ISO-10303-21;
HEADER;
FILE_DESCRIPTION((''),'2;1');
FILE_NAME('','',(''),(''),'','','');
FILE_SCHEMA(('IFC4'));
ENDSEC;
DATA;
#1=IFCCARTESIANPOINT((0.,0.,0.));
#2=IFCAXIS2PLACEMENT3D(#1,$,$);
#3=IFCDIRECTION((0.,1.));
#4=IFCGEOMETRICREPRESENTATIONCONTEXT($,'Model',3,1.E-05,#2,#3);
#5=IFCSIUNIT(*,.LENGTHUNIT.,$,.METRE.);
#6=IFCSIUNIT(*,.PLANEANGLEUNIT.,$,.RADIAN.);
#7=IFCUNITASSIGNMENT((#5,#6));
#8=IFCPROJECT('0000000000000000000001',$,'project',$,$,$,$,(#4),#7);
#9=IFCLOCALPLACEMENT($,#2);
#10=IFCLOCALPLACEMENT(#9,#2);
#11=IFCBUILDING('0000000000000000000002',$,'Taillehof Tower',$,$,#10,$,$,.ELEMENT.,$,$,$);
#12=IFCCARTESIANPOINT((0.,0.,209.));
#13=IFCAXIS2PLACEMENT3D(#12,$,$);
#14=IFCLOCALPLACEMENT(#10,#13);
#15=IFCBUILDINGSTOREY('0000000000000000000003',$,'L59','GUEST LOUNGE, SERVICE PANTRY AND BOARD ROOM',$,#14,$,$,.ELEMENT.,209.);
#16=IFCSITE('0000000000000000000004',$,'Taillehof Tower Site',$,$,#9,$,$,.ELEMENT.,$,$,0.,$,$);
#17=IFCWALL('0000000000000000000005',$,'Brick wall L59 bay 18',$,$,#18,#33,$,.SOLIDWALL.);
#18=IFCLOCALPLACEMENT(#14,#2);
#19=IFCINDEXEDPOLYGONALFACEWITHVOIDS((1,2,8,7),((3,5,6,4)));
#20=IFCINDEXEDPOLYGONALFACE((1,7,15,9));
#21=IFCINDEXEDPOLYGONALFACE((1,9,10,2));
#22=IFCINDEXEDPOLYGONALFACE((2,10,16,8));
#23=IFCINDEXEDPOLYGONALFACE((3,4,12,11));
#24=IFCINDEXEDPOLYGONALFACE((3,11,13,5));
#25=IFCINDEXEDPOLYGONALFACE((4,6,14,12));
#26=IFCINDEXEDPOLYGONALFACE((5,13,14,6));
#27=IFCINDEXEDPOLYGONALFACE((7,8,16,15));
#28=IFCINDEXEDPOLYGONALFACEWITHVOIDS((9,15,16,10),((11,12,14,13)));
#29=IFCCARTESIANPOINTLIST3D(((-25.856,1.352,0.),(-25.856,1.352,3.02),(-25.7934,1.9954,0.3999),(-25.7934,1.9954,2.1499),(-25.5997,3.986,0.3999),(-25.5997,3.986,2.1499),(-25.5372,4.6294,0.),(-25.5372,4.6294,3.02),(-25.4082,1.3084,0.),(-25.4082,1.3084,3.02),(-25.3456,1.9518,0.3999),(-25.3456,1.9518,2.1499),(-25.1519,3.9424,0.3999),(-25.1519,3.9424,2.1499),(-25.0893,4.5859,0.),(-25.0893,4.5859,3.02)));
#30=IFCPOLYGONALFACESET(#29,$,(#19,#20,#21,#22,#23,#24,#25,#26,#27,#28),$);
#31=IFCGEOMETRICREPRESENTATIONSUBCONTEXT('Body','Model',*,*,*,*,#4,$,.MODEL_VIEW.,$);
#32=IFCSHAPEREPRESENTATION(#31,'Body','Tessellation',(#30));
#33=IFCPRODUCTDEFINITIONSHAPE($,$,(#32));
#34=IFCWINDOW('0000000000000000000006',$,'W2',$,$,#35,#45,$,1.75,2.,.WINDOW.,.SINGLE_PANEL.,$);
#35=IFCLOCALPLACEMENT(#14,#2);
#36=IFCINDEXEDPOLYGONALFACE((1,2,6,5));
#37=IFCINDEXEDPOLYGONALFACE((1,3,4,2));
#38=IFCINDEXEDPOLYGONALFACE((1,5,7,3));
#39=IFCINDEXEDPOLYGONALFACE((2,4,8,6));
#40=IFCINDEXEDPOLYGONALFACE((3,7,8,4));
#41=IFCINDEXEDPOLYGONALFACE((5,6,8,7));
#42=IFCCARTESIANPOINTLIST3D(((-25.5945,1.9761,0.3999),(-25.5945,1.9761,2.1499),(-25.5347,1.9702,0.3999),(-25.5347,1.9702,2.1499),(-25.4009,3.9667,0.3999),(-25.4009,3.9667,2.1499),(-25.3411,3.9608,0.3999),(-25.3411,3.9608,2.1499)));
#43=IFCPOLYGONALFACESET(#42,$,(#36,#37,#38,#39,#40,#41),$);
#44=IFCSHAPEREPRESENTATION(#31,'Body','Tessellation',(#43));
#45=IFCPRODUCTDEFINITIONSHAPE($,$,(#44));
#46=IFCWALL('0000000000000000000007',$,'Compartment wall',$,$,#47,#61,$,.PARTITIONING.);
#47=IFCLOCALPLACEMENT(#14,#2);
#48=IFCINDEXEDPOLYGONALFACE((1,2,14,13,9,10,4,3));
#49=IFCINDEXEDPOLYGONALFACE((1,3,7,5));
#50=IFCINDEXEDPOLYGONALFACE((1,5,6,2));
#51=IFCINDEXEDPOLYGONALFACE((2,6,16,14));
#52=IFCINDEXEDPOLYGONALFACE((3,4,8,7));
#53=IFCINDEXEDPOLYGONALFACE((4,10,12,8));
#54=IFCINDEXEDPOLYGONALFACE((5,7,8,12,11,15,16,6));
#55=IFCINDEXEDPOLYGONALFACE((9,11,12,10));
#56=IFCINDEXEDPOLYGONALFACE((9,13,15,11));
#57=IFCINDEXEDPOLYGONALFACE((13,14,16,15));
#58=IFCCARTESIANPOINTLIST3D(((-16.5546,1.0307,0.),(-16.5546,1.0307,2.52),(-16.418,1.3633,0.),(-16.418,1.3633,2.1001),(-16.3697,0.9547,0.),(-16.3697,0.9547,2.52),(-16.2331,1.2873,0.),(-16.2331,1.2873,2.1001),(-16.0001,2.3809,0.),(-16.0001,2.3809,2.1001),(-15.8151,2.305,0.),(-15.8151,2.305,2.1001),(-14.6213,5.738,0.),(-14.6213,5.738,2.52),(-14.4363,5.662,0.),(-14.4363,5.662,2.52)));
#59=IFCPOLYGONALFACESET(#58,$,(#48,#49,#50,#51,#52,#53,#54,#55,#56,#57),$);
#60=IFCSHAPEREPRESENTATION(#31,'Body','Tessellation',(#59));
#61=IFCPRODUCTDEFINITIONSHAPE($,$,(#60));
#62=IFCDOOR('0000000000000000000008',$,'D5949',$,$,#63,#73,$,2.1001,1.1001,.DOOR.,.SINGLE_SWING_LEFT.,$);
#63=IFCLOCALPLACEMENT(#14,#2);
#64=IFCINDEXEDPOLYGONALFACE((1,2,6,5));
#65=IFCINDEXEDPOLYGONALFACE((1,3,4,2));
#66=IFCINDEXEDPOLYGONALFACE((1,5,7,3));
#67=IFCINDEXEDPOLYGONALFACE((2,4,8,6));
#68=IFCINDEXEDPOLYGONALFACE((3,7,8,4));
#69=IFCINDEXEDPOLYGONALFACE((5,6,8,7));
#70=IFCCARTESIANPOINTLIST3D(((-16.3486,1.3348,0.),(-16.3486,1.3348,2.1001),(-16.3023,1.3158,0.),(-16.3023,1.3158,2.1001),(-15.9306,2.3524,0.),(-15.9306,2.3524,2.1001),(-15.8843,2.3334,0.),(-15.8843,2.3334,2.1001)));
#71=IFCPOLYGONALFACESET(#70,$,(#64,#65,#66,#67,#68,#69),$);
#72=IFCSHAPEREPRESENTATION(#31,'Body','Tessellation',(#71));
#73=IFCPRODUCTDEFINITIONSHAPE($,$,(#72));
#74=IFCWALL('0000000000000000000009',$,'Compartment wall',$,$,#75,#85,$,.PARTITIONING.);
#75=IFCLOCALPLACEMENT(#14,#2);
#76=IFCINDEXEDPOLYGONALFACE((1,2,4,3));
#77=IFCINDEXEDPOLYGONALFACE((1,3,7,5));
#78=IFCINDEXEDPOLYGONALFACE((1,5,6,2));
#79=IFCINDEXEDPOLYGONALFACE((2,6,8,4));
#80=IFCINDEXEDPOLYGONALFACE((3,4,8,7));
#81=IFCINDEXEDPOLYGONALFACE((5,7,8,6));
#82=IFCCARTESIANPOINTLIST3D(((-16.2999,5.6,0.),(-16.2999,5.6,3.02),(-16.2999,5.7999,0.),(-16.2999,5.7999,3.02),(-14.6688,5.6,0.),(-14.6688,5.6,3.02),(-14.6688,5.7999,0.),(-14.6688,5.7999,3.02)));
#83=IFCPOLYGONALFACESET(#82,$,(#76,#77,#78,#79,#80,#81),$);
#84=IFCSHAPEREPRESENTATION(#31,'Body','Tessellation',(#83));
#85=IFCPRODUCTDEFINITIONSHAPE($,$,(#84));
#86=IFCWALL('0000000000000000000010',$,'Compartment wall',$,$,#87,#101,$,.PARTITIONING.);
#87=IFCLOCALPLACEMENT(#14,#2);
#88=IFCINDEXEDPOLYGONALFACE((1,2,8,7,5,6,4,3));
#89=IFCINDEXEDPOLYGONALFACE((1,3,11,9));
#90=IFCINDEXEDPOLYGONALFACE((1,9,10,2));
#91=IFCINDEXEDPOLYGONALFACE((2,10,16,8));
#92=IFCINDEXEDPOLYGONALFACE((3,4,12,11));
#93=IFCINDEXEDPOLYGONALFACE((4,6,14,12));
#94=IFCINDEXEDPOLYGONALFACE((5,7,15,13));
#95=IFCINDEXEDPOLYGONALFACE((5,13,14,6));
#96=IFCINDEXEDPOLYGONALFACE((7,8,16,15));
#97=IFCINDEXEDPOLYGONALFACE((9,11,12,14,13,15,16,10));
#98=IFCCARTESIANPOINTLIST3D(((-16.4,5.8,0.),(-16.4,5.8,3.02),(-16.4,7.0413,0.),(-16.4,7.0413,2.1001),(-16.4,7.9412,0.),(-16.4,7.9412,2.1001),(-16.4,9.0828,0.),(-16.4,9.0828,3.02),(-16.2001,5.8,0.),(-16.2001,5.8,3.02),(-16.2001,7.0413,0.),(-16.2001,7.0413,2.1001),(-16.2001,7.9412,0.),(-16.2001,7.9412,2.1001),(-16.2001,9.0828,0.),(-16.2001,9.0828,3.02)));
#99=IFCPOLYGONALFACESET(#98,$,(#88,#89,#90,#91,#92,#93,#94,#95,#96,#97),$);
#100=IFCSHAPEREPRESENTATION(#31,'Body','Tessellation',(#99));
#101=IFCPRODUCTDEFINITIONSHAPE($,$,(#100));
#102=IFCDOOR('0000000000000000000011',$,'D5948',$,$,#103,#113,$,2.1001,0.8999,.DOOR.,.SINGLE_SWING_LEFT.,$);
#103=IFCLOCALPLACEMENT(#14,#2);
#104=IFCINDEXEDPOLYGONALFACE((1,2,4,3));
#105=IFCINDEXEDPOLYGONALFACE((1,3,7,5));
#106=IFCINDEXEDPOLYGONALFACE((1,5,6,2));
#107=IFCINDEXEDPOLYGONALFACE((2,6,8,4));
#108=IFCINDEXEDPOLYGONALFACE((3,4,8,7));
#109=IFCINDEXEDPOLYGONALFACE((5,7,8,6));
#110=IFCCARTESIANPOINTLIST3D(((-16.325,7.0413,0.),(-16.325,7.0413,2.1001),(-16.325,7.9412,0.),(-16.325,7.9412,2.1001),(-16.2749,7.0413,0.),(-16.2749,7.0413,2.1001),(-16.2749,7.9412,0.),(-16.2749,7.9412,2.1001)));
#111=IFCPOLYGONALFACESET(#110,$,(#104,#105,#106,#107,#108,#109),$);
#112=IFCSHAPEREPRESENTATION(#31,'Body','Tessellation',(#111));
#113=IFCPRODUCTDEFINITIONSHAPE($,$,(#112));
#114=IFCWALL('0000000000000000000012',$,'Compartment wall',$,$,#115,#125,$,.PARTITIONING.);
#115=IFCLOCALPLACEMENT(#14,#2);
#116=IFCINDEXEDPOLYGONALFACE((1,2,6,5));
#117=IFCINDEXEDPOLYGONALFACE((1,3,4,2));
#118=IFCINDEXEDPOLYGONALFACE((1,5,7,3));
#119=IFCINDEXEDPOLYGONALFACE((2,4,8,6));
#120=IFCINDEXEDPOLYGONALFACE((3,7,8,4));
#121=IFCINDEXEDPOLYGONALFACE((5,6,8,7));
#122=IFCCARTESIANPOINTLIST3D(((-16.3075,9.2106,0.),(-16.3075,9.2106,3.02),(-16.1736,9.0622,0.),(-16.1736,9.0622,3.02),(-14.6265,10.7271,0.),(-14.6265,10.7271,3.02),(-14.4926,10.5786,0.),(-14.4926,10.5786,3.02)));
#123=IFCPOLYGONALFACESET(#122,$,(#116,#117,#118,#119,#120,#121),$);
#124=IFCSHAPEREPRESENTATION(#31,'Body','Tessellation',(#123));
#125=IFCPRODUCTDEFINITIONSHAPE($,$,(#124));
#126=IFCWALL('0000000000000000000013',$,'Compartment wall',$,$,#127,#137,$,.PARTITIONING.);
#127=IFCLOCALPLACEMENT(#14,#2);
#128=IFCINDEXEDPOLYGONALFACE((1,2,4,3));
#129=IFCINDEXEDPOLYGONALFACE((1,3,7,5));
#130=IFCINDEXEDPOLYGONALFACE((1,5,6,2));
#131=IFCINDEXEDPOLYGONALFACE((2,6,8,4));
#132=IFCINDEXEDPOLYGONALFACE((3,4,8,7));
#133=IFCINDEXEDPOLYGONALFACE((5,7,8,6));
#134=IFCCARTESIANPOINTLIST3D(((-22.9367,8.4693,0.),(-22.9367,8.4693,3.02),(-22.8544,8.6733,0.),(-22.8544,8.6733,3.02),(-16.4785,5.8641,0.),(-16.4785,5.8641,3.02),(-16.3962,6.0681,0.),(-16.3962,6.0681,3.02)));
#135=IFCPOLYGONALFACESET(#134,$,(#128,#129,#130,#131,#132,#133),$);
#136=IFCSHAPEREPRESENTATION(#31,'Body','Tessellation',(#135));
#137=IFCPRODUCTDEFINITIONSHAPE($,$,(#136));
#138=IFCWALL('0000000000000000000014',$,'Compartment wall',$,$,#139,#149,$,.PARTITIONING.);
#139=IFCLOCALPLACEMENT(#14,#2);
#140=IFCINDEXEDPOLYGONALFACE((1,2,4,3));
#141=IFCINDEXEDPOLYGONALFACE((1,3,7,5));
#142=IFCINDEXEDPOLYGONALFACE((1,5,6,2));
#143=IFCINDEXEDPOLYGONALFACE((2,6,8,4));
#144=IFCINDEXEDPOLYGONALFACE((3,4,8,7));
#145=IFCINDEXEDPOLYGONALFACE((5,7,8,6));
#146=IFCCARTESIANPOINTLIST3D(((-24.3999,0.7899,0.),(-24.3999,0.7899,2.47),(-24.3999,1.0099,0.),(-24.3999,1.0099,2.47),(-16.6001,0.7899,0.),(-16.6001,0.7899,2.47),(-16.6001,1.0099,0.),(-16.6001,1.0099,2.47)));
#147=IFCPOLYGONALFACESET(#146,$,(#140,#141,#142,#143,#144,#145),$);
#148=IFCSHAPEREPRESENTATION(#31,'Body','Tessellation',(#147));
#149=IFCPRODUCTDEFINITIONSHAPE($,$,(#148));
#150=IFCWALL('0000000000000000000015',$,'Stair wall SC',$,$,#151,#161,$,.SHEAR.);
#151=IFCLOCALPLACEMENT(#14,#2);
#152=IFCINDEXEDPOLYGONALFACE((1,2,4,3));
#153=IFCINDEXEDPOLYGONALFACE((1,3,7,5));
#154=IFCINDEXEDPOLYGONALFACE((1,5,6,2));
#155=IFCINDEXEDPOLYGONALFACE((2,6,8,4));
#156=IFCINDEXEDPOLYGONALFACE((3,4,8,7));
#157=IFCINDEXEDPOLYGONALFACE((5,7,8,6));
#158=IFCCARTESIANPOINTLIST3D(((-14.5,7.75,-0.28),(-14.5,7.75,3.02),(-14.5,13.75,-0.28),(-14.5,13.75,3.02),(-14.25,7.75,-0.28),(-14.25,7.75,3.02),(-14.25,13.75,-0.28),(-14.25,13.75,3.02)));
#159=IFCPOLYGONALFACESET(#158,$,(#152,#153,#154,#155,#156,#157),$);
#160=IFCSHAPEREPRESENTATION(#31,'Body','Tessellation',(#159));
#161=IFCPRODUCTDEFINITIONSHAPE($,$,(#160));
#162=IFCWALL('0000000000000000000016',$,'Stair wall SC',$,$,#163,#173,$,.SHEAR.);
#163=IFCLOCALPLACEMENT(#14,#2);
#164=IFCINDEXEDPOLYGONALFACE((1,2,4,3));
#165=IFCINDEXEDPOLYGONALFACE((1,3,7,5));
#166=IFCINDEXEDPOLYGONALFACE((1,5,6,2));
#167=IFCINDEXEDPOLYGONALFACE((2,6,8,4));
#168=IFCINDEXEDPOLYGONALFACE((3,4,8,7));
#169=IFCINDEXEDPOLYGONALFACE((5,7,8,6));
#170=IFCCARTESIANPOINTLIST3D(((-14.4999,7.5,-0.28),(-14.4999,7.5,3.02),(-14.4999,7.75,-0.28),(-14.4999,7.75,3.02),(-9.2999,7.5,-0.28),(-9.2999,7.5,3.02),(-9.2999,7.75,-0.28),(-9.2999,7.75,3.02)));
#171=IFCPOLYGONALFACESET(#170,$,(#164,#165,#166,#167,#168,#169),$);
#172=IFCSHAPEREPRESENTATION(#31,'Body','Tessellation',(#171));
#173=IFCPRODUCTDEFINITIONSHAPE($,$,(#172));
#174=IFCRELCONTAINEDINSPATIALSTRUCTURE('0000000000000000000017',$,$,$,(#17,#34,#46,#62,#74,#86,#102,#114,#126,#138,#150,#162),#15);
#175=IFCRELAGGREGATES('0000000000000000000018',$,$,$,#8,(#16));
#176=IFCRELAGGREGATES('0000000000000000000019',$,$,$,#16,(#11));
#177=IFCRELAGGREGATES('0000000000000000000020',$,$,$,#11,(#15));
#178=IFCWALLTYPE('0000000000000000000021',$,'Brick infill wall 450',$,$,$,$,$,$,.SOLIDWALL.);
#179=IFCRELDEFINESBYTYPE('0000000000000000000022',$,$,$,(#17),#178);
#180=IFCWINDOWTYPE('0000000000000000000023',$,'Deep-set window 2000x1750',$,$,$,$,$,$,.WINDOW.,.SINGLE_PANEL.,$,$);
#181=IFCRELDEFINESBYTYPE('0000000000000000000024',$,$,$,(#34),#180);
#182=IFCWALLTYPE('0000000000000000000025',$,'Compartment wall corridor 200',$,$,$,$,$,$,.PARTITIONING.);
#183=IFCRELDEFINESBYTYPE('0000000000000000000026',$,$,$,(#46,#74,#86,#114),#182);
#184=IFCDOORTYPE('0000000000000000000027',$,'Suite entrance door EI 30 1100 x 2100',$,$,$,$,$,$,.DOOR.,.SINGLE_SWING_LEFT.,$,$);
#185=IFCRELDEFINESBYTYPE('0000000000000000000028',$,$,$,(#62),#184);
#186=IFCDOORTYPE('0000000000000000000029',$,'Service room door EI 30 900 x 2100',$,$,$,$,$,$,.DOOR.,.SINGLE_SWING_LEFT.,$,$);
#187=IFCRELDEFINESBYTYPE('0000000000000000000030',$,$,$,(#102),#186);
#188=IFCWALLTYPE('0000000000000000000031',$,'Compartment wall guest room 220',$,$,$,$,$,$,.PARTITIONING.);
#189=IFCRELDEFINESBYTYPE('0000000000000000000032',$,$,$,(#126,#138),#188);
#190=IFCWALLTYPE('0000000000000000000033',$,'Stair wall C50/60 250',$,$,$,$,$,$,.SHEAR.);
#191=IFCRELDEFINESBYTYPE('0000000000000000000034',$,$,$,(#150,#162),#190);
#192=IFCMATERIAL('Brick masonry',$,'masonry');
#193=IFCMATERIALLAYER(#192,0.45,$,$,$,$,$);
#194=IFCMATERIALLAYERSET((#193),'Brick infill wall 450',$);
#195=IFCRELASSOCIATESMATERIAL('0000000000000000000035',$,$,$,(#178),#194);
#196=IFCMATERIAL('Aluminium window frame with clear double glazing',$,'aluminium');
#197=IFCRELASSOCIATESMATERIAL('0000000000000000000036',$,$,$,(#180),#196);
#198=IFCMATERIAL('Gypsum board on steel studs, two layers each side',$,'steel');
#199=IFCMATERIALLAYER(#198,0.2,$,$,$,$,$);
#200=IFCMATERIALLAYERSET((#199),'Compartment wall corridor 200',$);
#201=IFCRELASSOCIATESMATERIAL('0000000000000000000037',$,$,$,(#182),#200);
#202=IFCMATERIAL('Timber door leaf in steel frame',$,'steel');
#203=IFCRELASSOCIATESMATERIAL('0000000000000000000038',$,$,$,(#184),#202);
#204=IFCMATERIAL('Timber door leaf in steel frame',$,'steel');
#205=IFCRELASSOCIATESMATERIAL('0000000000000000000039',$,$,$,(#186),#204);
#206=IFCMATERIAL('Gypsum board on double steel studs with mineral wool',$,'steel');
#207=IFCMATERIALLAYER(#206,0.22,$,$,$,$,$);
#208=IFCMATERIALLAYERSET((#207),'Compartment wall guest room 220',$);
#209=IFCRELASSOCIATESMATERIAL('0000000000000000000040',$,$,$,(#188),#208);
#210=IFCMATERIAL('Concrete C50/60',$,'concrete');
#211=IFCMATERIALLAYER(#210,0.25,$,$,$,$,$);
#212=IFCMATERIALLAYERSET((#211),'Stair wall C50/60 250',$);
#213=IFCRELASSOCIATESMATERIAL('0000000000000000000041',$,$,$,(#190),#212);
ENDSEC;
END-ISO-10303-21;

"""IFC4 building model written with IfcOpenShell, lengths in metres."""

from ifc_helpers import new_model, si_unit, direction, frame, frame_2d, origin, place, context, subcontext, project, spatial, rectangle, extrude, material, layer, layer_set, type_object, element, fill, save


model = new_model("IFC4")

# Units and contexts
model_context = context("Model", 3, precision=1e-05, world=origin(), true_north=direction((0.0, 1.0)))
body_context = subcontext(model_context, "Body", "Model", "MODEL_VIEW")
ifc_project = project(units=[si_unit("LENGTHUNIT", "METRE"), si_unit("PLANEANGLEUNIT", "RADIAN")], contexts=[model_context])

# Site, building, storey
site_placement = place(None, origin())
site = spatial("IfcSite", under=ifc_project, at=site_placement, Name="Taillehof Tower Site", CompositionType="ELEMENT", RefElevation=0.0)
building_placement = place(site_placement, origin())
building = spatial("IfcBuilding", under=site, at=building_placement, Name="Taillehof Tower", CompositionType="ELEMENT")
storey_placement = place(building_placement, frame((0.0, 0.0, 209.0)))
storey = spatial("IfcBuildingStorey", under=building, at=storey_placement, Name="L59", Description="GUEST LOUNGE, SERVICE PANTRY AND BOARD ROOM", CompositionType="ELEMENT", Elevation=209.0)

# Wall, opening, window
ifc_material_1 = material(Name="Brick masonry", Category="masonry")
ifc_layer_1 = layer(ifc_material_1, 0.45)
ifc_layer_set_1 = layer_set([ifc_layer_1], Name="Brick infill wall 450")
wall_type_1 = type_object("IfcWallType", Name="Brick infill wall 450", PredefinedType="SOLIDWALL", material=ifc_layer_set_1)
ifc_material_2 = material(Name="Aluminium window frame with clear double glazing", Category="aluminium")
window_type = type_object("IfcWindowType", Name="Deep-set window 2000x1750", PartitioningType="SINGLE_PANEL", PredefinedType="WINDOW", material=ifc_material_2)
wall_1_placement = place(storey_placement, frame((-25.3132, 4.6077, 0.0), z_axis=(0.0, 0.0, 1.0), x_axis=(-0.096824, -0.995302, 0.0)))
wall_1 = element("IfcWall", 1, at=wall_1_placement, inside=storey, type_object=wall_type_1, Name="Brick wall L59 bay 18", PredefinedType="SOLIDWALL", context=body_context, shape_type="SweptSolid", body=[
    extrude(rectangle(XDim=3.293, YDim=0.45, at=frame_2d((1.6465, 0.0))), origin(), (0.0, 0.0, 1.0), 3.02),
])
opening_1_placement = place(wall_1_placement, frame((0.6465, 0.0, 0.3999)))
opening_1 = element("IfcOpeningElement", 2, at=opening_1_placement, cuts=wall_1, PredefinedType="OPENING", context=body_context, shape_type="SweptSolid", body=[
    extrude(rectangle(XDim=2.0, YDim=1.75, at=frame_2d((1.0, 0.875))), frame((0.0, 0.2349, 0.0), z_axis=(0.0, -1.0, 0.0), x_axis=(1.0, 0.0, 0.0)), (0.0, 0.0, 1.0), 0.47),
])
window_1_placement = place(opening_1_placement, origin())
window_1 = element("IfcWindow", 3, at=window_1_placement, inside=storey, type_object=window_type, Name="W2", OverallHeight=1.75, OverallWidth=2.0, PartitioningType="SINGLE_PANEL", PredefinedType="WINDOW", context=body_context, shape_type="SweptSolid", body=[
    extrude(rectangle(XDim=2.0, YDim=1.75, at=frame_2d((1.0, 0.875))), frame((0.0, 0.0349, 0.0), z_axis=(0.0, -1.0, 0.0), x_axis=(1.0, 0.0, 0.0)), (0.0, 0.0, 1.0), 0.0601),
])
fill(opening_1, window_1)

# Wall, opening, door
ifc_material_3 = material(Name="Gypsum board on steel studs, two layers each side", Category="steel")
ifc_layer_2 = layer(ifc_material_3, 0.2)
ifc_layer_set_2 = layer_set([ifc_layer_2], Name="Compartment wall corridor 200")
wall_type_2 = type_object("IfcWallType", Name="Compartment wall corridor 200", PredefinedType="PARTITIONING", material=ifc_layer_set_2)
wall_2_placement = place(storey_placement, frame((-16.4622, 0.9927, 0.0), z_axis=(0.0, 0.0, 1.0), x_axis=(0.37992, 0.92502, 0.0)))
wall_2 = element("IfcWall", 4, at=wall_2_placement, inside=storey, type_object=wall_type_2, Name="Compartment wall", PredefinedType="PARTITIONING", context=body_context, shape_type="SweptSolid", body=[
    extrude(rectangle(XDim=5.0889, YDim=0.2, at=frame_2d((2.5444, 0.0))), origin(), (0.0, 0.0, 1.0), 2.52),
])
opening_2_placement = place(wall_2_placement, frame((0.3596, 0.0, 0.0)))
opening_2 = element("IfcOpeningElement", 5, at=opening_2_placement, cuts=wall_2, PredefinedType="OPENING", context=body_context, shape_type="SweptSolid", body=[
    extrude(rectangle(XDim=1.1001, YDim=2.1001, at=frame_2d((0.55, 1.05))), frame((0.0, 0.1099, 0.0), z_axis=(0.0, -1.0, 0.0), x_axis=(1.0, 0.0, 0.0)), (0.0, 0.0, 1.0), 0.22),
])
ifc_material_4 = material(Name="Timber door leaf in steel frame", Category="steel")
door_type_1 = type_object("IfcDoorType", Name="Suite entrance door EI 30 1100 x 2100", OperationType="SINGLE_SWING_LEFT", PredefinedType="DOOR", material=ifc_material_4)
door_1_placement = place(opening_2_placement, origin())
door_1 = element("IfcDoor", 6, at=door_1_placement, inside=storey, type_object=door_type_1, Name="D5949", OperationType="SINGLE_SWING_LEFT", OverallHeight=2.1001, OverallWidth=1.1001, PredefinedType="DOOR", context=body_context, shape_type="SweptSolid", body=[
    extrude(rectangle(XDim=1.1001, YDim=2.1001, at=frame_2d((0.55, 1.05))), frame((0.0, 0.0249, 0.0), z_axis=(0.0, -1.0, 0.0), x_axis=(1.0, 0.0, 0.0)), (0.0, 0.0, 1.0), 0.05),
])
fill(opening_2, door_1)

# Wall
wall_3_placement = place(storey_placement, frame((-14.6689, 5.7, 0.0), z_axis=(0.0, 0.0, 1.0), x_axis=(-1.0, 0.0, 0.0)))
element("IfcWall", 7, at=wall_3_placement, inside=storey, type_object=wall_type_2, Name="Compartment wall", PredefinedType="PARTITIONING", context=body_context, shape_type="SweptSolid", body=[
    extrude(rectangle(XDim=1.6311, YDim=0.2, at=frame_2d((0.8154, 0.0))), origin(), (0.0, 0.0, 1.0), 3.02),
])

# Wall, opening, door
wall_4_placement = place(storey_placement, frame((-16.3, 5.8, 0.0), z_axis=(0.0, 0.0, 1.0), x_axis=(0.0, 1.0, 0.0)))
wall_4 = element("IfcWall", 8, at=wall_4_placement, inside=storey, type_object=wall_type_2, Name="Compartment wall", PredefinedType="PARTITIONING", context=body_context, shape_type="SweptSolid", body=[
    extrude(rectangle(XDim=3.2827, YDim=0.2, at=frame_2d((1.6414, 0.0))), origin(), (0.0, 0.0, 1.0), 3.02),
])
opening_3_placement = place(wall_4_placement, frame((1.2412, 0.0, 0.0)))
opening_3 = element("IfcOpeningElement", 9, at=opening_3_placement, cuts=wall_4, PredefinedType="OPENING", context=body_context, shape_type="SweptSolid", body=[
    extrude(rectangle(XDim=0.8999, YDim=2.1001, at=frame_2d((0.45, 1.05))), frame((0.0, 0.1099, 0.0), z_axis=(0.0, -1.0, 0.0), x_axis=(1.0, 0.0, 0.0)), (0.0, 0.0, 1.0), 0.22),
])
ifc_material_5 = material(Name="Timber door leaf in steel frame", Category="steel")
door_type_2 = type_object("IfcDoorType", Name="Service room door EI 30 900 x 2100", OperationType="SINGLE_SWING_LEFT", PredefinedType="DOOR", material=ifc_material_5)
door_2_placement = place(opening_3_placement, origin())
door_2 = element("IfcDoor", 10, at=door_2_placement, inside=storey, type_object=door_type_2, Name="D5948", OperationType="SINGLE_SWING_LEFT", OverallHeight=2.1001, OverallWidth=0.8999, PredefinedType="DOOR", context=body_context, shape_type="SweptSolid", body=[
    extrude(rectangle(XDim=0.8999, YDim=2.1001, at=frame_2d((0.45, 1.05))), frame((0.0, 0.0249, 0.0), z_axis=(0.0, -1.0, 0.0), x_axis=(1.0, 0.0, 0.0)), (0.0, 0.0, 1.0), 0.05),
])
fill(opening_3, door_2)

# Walls
wall_5_placement = place(storey_placement, frame((-16.2405, 9.1365, 0.0), z_axis=(0.0, 0.0, 1.0), x_axis=(0.742516, 0.669828, 0.0)))
element("IfcWall", 11, at=wall_5_placement, inside=storey, type_object=wall_type_2, Name="Compartment wall", PredefinedType="PARTITIONING", context=body_context, shape_type="SweptSolid", body=[
    extrude(rectangle(XDim=2.2639, YDim=0.2, at=frame_2d((1.1318, 0.0))), origin(), (0.0, 0.0, 1.0), 3.02),
])
ifc_material_6 = material(Name="Gypsum board on double steel studs with mineral wool", Category="steel")
ifc_layer_3 = layer(ifc_material_6, 0.22)
ifc_layer_set_3 = layer_set([ifc_layer_3], Name="Compartment wall guest room 220")
wall_type_3 = type_object("IfcWallType", Name="Compartment wall guest room 220", PredefinedType="PARTITIONING", material=ifc_layer_set_3)
wall_6_placement = place(storey_placement, frame((-22.8955, 8.5713, 0.0), z_axis=(0.0, 0.0, 1.0), x_axis=(0.927387, -0.374103, 0.0)))
element("IfcWall", 12, at=wall_6_placement, inside=storey, type_object=wall_type_3, Name="Compartment wall", PredefinedType="PARTITIONING", context=body_context, shape_type="SweptSolid", body=[
    extrude(rectangle(XDim=6.9639, YDim=0.22, at=frame_2d((3.4819, 0.0))), origin(), (0.0, 0.0, 1.0), 3.02),
])
wall_7_placement = place(storey_placement, frame((-24.3999, 0.8999, 0.0), z_axis=(0.0, 0.0, 1.0), x_axis=(1.0, 0.0, 0.0)))
element("IfcWall", 13, at=wall_7_placement, inside=storey, type_object=wall_type_3, Name="Compartment wall", PredefinedType="PARTITIONING", context=body_context, shape_type="SweptSolid", body=[
    extrude(rectangle(XDim=7.7998, YDim=0.22, at=frame_2d((3.8999, 0.0))), origin(), (0.0, 0.0, 1.0), 2.47),
])
ifc_material_7 = material(Name="Concrete C50/60", Category="concrete")
ifc_layer_4 = layer(ifc_material_7, 0.25)
ifc_layer_set_4 = layer_set([ifc_layer_4], Name="Stair wall C50/60 250")
wall_type_4 = type_object("IfcWallType", Name="Stair wall C50/60 250", PredefinedType="SHEAR", material=ifc_layer_set_4)
wall_8_placement = place(storey_placement, frame((-14.375, 7.75, -0.28), z_axis=(0.0, 0.0, 1.0), x_axis=(0.0, 1.0, 0.0)))
element("IfcWall", 14, at=wall_8_placement, inside=storey, type_object=wall_type_4, Name="Stair wall SC", PredefinedType="SHEAR", context=body_context, shape_type="SweptSolid", body=[
    extrude(rectangle(XDim=6.0, YDim=0.25, at=frame_2d((3.0, 0.0))), origin(), (0.0, 0.0, 1.0), 3.3),
])
wall_9_placement = place(storey_placement, frame((-14.5, 7.625, -0.28), z_axis=(0.0, 0.0, 1.0), x_axis=(1.0, 0.0, 0.0)))
element("IfcWall", 15, at=wall_9_placement, inside=storey, type_object=wall_type_4, Name="Stair wall SC", PredefinedType="SHEAR", context=body_context, shape_type="SweptSolid", body=[
    extrude(rectangle(XDim=5.2, YDim=0.25, at=frame_2d((2.6001, 0.0))), origin(), (0.0, 0.0, 1.0), 3.3),
])

save(model, "model.ifc")
